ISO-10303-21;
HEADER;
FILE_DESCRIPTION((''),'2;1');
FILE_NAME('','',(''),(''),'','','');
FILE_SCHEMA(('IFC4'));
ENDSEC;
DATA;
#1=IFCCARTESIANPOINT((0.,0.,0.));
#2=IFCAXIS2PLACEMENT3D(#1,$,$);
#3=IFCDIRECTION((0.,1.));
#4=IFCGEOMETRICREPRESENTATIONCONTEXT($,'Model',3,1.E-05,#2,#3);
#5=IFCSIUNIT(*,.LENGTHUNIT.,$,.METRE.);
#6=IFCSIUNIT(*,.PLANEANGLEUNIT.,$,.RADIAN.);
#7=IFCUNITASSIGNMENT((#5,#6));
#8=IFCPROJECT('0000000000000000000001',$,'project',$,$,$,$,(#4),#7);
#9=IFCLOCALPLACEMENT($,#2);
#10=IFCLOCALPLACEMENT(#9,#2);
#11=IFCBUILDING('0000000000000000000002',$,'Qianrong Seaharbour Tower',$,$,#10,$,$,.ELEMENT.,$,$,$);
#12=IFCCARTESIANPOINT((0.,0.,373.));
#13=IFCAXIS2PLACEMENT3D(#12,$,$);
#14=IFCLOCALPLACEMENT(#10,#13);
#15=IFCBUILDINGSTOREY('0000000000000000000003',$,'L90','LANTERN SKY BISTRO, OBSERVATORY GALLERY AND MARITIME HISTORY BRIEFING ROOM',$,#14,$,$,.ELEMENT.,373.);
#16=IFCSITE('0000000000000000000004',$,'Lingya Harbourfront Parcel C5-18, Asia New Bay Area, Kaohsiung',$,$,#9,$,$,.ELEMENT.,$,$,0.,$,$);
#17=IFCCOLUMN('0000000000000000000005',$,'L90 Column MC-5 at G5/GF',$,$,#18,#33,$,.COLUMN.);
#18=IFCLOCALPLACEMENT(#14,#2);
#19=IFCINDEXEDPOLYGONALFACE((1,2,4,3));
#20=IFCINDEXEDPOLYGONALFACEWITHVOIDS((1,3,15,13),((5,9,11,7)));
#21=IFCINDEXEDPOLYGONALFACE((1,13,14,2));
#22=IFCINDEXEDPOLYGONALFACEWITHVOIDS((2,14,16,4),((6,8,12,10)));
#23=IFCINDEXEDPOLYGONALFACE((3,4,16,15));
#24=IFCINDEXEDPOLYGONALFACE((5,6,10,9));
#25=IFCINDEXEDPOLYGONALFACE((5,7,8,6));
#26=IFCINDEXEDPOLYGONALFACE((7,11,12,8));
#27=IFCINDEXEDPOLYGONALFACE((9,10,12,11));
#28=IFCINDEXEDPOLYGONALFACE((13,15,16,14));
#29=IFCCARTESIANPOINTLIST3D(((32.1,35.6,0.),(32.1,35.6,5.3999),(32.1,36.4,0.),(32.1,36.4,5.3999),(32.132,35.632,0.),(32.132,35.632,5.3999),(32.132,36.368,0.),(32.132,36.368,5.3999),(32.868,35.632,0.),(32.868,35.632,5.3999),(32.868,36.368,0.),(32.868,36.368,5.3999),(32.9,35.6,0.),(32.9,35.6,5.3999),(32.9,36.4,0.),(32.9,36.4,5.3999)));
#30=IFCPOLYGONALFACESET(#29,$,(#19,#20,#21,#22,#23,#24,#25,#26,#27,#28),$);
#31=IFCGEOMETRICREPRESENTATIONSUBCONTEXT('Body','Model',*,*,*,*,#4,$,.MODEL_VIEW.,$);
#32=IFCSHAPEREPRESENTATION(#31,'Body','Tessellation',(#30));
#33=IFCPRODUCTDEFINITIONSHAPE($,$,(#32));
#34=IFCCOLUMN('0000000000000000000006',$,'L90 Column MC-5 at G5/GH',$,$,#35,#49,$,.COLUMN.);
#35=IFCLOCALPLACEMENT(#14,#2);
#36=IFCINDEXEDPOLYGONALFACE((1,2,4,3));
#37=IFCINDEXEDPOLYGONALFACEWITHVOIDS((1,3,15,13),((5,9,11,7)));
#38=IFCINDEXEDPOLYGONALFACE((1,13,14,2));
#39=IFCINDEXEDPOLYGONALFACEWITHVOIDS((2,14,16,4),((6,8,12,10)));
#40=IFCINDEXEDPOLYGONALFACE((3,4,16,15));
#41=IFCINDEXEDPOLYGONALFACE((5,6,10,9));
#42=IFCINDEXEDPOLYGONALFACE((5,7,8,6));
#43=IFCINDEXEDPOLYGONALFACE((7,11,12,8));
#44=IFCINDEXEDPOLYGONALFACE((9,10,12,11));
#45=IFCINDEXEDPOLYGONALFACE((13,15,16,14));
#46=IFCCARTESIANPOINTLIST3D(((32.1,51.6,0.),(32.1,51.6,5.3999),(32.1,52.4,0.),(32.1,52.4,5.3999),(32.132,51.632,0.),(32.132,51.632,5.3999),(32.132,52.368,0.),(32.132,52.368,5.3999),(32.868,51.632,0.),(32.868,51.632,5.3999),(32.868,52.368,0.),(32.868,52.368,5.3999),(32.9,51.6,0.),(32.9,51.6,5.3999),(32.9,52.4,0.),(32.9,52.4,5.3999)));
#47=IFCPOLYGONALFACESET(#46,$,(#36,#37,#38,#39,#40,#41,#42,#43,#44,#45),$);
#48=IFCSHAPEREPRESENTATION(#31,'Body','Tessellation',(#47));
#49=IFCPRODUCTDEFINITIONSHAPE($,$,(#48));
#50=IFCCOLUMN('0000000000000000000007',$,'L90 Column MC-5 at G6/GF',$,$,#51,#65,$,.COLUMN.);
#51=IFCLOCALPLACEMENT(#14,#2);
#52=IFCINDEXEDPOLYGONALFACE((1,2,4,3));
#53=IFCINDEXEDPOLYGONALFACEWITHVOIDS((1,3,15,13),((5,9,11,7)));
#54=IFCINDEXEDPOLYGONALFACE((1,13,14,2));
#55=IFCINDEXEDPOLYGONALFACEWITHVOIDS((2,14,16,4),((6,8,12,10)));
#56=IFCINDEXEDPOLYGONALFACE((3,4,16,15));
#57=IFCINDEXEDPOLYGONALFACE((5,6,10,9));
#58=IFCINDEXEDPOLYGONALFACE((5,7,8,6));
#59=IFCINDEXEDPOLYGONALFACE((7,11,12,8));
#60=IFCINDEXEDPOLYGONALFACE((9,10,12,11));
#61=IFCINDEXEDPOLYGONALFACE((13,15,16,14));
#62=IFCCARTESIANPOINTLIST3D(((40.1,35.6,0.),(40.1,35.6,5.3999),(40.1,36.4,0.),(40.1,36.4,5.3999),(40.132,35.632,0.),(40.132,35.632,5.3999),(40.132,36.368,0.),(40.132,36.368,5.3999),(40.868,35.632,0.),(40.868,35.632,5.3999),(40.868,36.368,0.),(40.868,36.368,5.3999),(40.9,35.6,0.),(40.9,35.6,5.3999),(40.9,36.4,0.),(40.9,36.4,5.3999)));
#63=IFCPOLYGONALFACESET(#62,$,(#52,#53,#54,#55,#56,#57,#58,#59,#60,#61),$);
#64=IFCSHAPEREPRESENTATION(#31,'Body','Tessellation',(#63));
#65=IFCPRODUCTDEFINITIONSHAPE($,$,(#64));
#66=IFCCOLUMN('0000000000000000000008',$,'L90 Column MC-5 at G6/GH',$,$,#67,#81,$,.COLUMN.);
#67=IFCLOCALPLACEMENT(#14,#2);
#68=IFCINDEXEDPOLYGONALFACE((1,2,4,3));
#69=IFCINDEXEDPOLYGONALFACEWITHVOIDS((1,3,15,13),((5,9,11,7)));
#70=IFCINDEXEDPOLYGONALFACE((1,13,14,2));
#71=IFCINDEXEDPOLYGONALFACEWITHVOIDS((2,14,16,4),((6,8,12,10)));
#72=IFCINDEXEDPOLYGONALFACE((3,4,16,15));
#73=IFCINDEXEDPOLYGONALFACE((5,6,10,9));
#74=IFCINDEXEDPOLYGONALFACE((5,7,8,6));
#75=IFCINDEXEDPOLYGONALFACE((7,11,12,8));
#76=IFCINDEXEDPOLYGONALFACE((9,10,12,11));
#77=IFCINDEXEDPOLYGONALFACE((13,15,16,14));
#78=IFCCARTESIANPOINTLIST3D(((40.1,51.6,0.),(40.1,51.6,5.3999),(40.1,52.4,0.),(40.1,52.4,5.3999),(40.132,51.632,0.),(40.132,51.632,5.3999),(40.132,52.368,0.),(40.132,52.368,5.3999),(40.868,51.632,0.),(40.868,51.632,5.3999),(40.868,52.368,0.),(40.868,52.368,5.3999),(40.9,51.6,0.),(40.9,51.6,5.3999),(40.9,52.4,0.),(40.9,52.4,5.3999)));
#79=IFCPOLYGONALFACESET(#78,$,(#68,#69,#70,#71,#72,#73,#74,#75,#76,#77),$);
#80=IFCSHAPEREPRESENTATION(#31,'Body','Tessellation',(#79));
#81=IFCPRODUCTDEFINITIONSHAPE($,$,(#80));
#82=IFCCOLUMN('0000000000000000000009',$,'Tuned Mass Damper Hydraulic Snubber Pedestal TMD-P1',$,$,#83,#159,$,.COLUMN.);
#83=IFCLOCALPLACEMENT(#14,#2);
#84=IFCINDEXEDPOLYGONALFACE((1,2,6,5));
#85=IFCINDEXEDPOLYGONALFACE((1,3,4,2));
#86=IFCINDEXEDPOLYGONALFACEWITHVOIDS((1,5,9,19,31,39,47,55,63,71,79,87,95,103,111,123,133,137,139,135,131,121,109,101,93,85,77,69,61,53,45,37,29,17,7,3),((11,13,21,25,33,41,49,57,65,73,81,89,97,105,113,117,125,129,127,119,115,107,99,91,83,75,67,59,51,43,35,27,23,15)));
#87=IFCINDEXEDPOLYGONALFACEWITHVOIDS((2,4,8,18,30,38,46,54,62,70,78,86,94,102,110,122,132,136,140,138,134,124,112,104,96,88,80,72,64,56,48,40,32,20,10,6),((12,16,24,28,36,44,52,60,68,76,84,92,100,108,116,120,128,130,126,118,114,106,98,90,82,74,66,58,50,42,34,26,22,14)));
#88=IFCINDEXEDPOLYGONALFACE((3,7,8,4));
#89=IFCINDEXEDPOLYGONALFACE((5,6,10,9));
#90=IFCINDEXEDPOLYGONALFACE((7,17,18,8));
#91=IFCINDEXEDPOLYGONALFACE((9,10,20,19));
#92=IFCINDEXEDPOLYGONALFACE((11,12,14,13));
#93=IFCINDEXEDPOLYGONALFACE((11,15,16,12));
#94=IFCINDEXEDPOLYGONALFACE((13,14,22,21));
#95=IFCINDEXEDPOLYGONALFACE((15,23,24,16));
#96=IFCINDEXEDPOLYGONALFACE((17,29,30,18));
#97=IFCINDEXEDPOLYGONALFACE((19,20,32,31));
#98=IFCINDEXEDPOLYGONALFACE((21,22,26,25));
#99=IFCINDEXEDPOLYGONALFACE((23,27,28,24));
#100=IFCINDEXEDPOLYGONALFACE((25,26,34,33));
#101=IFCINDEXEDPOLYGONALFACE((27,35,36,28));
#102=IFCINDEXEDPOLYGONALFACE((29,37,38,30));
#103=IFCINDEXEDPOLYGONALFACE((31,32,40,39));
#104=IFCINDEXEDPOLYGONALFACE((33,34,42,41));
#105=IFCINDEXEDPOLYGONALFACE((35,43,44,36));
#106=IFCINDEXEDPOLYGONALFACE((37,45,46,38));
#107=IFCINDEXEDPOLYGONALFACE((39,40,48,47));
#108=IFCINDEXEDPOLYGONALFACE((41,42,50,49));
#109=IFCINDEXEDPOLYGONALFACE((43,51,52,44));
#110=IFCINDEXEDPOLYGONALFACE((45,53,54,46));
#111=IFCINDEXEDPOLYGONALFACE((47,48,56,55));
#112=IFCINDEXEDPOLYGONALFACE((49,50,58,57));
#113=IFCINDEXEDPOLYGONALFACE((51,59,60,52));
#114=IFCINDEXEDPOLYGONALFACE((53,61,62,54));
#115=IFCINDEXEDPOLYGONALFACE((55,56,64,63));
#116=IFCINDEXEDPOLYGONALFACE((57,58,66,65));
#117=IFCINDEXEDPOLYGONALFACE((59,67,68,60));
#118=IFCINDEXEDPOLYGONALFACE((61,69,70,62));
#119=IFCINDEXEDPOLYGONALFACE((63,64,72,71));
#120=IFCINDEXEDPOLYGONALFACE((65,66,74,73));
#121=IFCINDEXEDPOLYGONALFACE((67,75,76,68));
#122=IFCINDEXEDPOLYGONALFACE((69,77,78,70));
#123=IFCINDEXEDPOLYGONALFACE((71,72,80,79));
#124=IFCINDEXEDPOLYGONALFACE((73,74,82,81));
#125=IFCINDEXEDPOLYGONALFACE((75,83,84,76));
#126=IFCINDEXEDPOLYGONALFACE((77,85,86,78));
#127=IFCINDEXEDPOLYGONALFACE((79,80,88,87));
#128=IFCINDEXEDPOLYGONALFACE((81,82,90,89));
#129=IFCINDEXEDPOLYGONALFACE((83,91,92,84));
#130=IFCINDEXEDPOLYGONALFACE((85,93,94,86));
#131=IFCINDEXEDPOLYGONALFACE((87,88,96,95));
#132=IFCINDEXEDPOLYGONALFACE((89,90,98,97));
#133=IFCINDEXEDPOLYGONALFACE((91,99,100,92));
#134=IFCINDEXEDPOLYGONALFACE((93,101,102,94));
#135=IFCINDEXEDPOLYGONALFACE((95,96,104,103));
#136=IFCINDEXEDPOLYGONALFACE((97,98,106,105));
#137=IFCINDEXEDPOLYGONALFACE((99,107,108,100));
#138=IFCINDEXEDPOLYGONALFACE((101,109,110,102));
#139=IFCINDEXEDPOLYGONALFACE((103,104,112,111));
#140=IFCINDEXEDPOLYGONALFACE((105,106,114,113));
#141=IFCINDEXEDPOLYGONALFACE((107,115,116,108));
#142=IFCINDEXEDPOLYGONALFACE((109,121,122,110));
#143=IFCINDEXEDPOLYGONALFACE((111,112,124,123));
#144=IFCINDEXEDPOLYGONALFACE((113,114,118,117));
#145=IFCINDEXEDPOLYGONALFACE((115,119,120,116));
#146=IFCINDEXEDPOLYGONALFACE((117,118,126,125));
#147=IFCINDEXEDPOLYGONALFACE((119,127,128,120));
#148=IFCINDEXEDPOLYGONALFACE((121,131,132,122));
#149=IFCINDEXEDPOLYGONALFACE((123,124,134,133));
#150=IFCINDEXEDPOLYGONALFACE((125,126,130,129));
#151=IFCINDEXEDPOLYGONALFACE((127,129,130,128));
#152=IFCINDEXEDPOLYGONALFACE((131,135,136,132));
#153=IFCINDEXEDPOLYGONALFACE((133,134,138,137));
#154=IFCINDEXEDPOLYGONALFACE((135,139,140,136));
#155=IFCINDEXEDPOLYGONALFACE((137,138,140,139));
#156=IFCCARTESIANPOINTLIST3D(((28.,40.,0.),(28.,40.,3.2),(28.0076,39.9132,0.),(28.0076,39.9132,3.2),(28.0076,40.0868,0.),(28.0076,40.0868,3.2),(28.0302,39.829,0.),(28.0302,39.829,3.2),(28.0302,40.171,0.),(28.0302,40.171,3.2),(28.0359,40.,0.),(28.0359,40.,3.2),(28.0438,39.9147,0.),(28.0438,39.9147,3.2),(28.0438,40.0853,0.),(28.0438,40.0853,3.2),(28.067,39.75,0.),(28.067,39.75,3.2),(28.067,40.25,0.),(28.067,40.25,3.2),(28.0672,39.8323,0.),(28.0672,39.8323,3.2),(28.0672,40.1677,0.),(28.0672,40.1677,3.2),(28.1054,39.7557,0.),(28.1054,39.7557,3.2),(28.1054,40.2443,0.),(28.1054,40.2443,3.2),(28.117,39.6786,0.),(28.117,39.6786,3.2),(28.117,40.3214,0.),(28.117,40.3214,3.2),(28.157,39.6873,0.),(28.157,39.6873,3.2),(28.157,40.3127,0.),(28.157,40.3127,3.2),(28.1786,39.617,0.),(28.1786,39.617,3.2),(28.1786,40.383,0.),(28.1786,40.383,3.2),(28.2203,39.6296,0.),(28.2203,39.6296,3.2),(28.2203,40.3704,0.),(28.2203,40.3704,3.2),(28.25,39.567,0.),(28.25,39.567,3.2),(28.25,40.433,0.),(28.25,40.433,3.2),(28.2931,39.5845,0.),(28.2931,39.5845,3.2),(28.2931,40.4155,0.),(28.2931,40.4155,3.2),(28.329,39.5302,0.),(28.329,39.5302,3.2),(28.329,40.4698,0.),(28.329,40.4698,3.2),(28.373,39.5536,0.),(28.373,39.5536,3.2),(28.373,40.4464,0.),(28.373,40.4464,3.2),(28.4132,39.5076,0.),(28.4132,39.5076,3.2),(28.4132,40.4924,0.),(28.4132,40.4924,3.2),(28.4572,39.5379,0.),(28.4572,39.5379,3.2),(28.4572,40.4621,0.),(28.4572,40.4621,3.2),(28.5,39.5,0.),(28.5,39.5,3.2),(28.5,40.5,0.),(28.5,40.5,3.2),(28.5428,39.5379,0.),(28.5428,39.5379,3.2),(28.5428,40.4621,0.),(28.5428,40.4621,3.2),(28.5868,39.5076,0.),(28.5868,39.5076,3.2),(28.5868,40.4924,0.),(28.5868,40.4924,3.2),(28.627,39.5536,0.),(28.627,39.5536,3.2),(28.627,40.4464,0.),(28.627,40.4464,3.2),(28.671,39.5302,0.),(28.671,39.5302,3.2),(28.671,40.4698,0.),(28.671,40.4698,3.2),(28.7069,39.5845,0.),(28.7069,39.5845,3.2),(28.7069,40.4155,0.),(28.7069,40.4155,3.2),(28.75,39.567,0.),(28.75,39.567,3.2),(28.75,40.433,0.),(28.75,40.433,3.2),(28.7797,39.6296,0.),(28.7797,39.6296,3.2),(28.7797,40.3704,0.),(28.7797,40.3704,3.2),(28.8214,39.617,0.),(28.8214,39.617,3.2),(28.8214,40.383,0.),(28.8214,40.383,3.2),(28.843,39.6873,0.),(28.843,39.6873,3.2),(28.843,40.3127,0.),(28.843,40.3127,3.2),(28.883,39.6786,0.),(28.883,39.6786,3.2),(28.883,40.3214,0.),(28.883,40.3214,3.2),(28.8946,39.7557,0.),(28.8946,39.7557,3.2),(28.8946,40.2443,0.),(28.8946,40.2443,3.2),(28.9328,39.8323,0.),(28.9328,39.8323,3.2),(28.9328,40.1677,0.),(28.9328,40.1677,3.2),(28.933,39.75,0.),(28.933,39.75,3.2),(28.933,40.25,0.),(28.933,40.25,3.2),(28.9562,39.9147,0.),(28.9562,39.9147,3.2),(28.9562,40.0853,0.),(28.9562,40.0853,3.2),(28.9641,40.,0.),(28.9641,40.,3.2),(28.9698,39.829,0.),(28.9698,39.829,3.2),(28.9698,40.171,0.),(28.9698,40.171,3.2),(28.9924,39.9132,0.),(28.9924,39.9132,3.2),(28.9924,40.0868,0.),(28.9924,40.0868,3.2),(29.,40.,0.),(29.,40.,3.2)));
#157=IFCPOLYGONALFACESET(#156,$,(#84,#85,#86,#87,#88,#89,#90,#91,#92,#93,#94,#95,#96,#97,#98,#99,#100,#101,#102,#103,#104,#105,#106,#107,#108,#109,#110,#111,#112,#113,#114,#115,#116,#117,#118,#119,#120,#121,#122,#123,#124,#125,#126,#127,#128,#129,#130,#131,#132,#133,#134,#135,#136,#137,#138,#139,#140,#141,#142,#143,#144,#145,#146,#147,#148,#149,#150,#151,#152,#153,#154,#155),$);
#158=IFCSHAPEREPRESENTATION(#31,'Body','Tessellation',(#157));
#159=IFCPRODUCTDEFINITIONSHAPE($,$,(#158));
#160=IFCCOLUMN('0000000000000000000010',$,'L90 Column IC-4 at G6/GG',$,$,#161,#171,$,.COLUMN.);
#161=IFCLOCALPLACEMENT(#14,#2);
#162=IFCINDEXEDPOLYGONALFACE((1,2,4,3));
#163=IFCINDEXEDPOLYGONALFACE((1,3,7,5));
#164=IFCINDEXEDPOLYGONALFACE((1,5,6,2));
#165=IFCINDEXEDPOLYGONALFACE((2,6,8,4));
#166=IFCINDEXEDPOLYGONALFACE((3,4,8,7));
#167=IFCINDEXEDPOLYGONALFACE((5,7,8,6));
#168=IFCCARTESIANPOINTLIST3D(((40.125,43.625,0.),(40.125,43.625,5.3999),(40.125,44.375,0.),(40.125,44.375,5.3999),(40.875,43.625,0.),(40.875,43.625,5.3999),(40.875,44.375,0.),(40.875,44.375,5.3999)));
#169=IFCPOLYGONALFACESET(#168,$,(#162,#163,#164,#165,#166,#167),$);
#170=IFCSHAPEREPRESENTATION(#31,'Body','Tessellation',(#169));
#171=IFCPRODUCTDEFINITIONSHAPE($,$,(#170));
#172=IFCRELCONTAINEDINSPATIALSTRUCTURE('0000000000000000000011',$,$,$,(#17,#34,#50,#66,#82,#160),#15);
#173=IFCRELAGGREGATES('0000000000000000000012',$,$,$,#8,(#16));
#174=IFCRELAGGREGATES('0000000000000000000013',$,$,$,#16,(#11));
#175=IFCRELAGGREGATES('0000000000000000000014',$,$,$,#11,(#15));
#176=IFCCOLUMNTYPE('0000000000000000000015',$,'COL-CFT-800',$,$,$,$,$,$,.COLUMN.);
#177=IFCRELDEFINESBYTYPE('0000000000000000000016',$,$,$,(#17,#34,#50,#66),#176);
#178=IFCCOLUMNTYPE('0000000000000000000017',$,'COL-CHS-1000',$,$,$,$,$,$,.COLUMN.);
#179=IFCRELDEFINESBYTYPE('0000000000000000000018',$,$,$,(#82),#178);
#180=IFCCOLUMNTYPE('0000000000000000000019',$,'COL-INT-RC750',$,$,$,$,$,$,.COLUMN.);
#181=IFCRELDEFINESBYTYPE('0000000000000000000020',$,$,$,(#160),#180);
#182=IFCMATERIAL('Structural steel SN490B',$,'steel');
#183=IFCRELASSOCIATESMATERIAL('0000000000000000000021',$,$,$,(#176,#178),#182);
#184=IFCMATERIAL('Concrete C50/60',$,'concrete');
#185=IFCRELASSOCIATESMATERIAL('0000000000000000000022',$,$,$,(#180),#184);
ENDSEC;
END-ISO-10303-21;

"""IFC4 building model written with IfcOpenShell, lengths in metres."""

from ifc_helpers import new_model, si_unit, direction, frame, origin, origin_2d, place, context, subcontext, project, spatial, rectangle, hollow_rectangle, hollow_circle, extrude, material, material_profile, profile_set, type_object, element, save


model = new_model("IFC4")

# Units and contexts
model_context = context("Model", 3, precision=1e-05, world=origin(), true_north=direction((0.0, 1.0)))
body_context = subcontext(model_context, "Body", "Model", "MODEL_VIEW")
ifc_project = project(units=[si_unit("LENGTHUNIT", "METRE"), si_unit("PLANEANGLEUNIT", "RADIAN")], contexts=[model_context])

# Site, building, storey
site_placement = place(None, origin())
site = spatial("IfcSite", under=ifc_project, at=site_placement, Name="Lingya Harbourfront Parcel C5-18, Asia New Bay Area, Kaohsiung", CompositionType="ELEMENT", RefElevation=0.0)
building_placement = place(site_placement, origin())
building = spatial("IfcBuilding", under=site, at=building_placement, Name="Qianrong Seaharbour Tower", CompositionType="ELEMENT")
storey_placement = place(building_placement, frame((0.0, 0.0, 373.0)))
storey = spatial("IfcBuildingStorey", under=building, at=storey_placement, Name="L90", Description="LANTERN SKY BISTRO, OBSERVATORY GALLERY AND MARITIME HISTORY BRIEFING ROOM", CompositionType="ELEMENT", Elevation=373.0)

# Columns
ifc_material_1 = material(Name="Structural steel SN490B", Category="steel")
ifc_material_profile_1 = material_profile(ifc_material_1, hollow_rectangle(XDim=0.8, YDim=0.8, WallThickness=0.032, at=origin_2d()), Name="BOX800x800x32")
ifc_profile_set_1 = profile_set([ifc_material_profile_1], Name="Structural steel SN490B")
column_type_1 = type_object("IfcColumnType", Name="COL-CFT-800", PredefinedType="COLUMN", material=ifc_profile_set_1)
for number, where, z_axis, x_axis, name in (
    (1, (32.5, 36.0, 0.0), (0.0, 0.0, 1.0), (1.0, 0.0, 0.0), "L90 Column MC-5 at G5/GF"),
    (2, (32.5, 52.0, 0.0), (0.0, 0.0, 1.0), (1.0, 0.0, 0.0), "L90 Column MC-5 at G5/GH"),
    (3, (40.5, 36.0, 0.0), (0.0, 0.0, 1.0), (1.0, 0.0, 0.0), "L90 Column MC-5 at G6/GF"),
    (4, (40.5, 52.0, 0.0), (0.0, 0.0, 1.0), (1.0, 0.0, 0.0), "L90 Column MC-5 at G6/GH"),
):
    element("IfcColumn", number, at=place(storey_placement, frame(where, z_axis=z_axis, x_axis=x_axis)), inside=storey, type_object=column_type_1, Name=name, PredefinedType="COLUMN", context=body_context, shape_type="SweptSolid", body=[
        extrude(hollow_rectangle(XDim=0.8, YDim=0.8, WallThickness=0.032, at=origin_2d()), origin(), (0.0, 0.0, 1.0), 5.3999),
    ])
ifc_material_profile_2 = material_profile(ifc_material_1, hollow_circle(Radius=0.5, WallThickness=0.0359, at=origin_2d()), Name="CHS1000x36")
ifc_profile_set_2 = profile_set([ifc_material_profile_2], Name="Structural steel SN490B")
column_type_2 = type_object("IfcColumnType", Name="COL-CHS-1000", PredefinedType="COLUMN", material=ifc_profile_set_2)
column_1_placement = place(storey_placement, frame((28.5, 40.0, 0.0), z_axis=(0.0, 0.0, 1.0), x_axis=(1.0, 0.0, 0.0)))
element("IfcColumn", 5, at=column_1_placement, inside=storey, type_object=column_type_2, Name="Tuned Mass Damper Hydraulic Snubber Pedestal TMD-P1", PredefinedType="COLUMN", context=body_context, shape_type="SweptSolid", body=[
    extrude(hollow_circle(Radius=0.5, WallThickness=0.0359, at=origin_2d()), origin(), (0.0, 0.0, 1.0), 3.2),
])
ifc_material_2 = material(Name="Concrete C50/60", Category="concrete")
ifc_material_profile_3 = material_profile(ifc_material_2, rectangle(XDim=0.75, YDim=0.75, at=origin_2d()), Name="RC750x750")
ifc_profile_set_3 = profile_set([ifc_material_profile_3], Name="Concrete C50/60")
column_type_3 = type_object("IfcColumnType", Name="COL-INT-RC750", PredefinedType="COLUMN", material=ifc_profile_set_3)
column_2_placement = place(storey_placement, frame((40.5, 44.0, 0.0), z_axis=(0.0, 0.0, 1.0), x_axis=(1.0, 0.0, 0.0)))
element("IfcColumn", 6, at=column_2_placement, inside=storey, type_object=column_type_3, Name="L90 Column IC-4 at G6/GG", PredefinedType="COLUMN", context=body_context, shape_type="SweptSolid", body=[
    extrude(rectangle(XDim=0.75, YDim=0.75, at=origin_2d()), origin(), (0.0, 0.0, 1.0), 5.3999),
])

save(model, "model.ifc")
